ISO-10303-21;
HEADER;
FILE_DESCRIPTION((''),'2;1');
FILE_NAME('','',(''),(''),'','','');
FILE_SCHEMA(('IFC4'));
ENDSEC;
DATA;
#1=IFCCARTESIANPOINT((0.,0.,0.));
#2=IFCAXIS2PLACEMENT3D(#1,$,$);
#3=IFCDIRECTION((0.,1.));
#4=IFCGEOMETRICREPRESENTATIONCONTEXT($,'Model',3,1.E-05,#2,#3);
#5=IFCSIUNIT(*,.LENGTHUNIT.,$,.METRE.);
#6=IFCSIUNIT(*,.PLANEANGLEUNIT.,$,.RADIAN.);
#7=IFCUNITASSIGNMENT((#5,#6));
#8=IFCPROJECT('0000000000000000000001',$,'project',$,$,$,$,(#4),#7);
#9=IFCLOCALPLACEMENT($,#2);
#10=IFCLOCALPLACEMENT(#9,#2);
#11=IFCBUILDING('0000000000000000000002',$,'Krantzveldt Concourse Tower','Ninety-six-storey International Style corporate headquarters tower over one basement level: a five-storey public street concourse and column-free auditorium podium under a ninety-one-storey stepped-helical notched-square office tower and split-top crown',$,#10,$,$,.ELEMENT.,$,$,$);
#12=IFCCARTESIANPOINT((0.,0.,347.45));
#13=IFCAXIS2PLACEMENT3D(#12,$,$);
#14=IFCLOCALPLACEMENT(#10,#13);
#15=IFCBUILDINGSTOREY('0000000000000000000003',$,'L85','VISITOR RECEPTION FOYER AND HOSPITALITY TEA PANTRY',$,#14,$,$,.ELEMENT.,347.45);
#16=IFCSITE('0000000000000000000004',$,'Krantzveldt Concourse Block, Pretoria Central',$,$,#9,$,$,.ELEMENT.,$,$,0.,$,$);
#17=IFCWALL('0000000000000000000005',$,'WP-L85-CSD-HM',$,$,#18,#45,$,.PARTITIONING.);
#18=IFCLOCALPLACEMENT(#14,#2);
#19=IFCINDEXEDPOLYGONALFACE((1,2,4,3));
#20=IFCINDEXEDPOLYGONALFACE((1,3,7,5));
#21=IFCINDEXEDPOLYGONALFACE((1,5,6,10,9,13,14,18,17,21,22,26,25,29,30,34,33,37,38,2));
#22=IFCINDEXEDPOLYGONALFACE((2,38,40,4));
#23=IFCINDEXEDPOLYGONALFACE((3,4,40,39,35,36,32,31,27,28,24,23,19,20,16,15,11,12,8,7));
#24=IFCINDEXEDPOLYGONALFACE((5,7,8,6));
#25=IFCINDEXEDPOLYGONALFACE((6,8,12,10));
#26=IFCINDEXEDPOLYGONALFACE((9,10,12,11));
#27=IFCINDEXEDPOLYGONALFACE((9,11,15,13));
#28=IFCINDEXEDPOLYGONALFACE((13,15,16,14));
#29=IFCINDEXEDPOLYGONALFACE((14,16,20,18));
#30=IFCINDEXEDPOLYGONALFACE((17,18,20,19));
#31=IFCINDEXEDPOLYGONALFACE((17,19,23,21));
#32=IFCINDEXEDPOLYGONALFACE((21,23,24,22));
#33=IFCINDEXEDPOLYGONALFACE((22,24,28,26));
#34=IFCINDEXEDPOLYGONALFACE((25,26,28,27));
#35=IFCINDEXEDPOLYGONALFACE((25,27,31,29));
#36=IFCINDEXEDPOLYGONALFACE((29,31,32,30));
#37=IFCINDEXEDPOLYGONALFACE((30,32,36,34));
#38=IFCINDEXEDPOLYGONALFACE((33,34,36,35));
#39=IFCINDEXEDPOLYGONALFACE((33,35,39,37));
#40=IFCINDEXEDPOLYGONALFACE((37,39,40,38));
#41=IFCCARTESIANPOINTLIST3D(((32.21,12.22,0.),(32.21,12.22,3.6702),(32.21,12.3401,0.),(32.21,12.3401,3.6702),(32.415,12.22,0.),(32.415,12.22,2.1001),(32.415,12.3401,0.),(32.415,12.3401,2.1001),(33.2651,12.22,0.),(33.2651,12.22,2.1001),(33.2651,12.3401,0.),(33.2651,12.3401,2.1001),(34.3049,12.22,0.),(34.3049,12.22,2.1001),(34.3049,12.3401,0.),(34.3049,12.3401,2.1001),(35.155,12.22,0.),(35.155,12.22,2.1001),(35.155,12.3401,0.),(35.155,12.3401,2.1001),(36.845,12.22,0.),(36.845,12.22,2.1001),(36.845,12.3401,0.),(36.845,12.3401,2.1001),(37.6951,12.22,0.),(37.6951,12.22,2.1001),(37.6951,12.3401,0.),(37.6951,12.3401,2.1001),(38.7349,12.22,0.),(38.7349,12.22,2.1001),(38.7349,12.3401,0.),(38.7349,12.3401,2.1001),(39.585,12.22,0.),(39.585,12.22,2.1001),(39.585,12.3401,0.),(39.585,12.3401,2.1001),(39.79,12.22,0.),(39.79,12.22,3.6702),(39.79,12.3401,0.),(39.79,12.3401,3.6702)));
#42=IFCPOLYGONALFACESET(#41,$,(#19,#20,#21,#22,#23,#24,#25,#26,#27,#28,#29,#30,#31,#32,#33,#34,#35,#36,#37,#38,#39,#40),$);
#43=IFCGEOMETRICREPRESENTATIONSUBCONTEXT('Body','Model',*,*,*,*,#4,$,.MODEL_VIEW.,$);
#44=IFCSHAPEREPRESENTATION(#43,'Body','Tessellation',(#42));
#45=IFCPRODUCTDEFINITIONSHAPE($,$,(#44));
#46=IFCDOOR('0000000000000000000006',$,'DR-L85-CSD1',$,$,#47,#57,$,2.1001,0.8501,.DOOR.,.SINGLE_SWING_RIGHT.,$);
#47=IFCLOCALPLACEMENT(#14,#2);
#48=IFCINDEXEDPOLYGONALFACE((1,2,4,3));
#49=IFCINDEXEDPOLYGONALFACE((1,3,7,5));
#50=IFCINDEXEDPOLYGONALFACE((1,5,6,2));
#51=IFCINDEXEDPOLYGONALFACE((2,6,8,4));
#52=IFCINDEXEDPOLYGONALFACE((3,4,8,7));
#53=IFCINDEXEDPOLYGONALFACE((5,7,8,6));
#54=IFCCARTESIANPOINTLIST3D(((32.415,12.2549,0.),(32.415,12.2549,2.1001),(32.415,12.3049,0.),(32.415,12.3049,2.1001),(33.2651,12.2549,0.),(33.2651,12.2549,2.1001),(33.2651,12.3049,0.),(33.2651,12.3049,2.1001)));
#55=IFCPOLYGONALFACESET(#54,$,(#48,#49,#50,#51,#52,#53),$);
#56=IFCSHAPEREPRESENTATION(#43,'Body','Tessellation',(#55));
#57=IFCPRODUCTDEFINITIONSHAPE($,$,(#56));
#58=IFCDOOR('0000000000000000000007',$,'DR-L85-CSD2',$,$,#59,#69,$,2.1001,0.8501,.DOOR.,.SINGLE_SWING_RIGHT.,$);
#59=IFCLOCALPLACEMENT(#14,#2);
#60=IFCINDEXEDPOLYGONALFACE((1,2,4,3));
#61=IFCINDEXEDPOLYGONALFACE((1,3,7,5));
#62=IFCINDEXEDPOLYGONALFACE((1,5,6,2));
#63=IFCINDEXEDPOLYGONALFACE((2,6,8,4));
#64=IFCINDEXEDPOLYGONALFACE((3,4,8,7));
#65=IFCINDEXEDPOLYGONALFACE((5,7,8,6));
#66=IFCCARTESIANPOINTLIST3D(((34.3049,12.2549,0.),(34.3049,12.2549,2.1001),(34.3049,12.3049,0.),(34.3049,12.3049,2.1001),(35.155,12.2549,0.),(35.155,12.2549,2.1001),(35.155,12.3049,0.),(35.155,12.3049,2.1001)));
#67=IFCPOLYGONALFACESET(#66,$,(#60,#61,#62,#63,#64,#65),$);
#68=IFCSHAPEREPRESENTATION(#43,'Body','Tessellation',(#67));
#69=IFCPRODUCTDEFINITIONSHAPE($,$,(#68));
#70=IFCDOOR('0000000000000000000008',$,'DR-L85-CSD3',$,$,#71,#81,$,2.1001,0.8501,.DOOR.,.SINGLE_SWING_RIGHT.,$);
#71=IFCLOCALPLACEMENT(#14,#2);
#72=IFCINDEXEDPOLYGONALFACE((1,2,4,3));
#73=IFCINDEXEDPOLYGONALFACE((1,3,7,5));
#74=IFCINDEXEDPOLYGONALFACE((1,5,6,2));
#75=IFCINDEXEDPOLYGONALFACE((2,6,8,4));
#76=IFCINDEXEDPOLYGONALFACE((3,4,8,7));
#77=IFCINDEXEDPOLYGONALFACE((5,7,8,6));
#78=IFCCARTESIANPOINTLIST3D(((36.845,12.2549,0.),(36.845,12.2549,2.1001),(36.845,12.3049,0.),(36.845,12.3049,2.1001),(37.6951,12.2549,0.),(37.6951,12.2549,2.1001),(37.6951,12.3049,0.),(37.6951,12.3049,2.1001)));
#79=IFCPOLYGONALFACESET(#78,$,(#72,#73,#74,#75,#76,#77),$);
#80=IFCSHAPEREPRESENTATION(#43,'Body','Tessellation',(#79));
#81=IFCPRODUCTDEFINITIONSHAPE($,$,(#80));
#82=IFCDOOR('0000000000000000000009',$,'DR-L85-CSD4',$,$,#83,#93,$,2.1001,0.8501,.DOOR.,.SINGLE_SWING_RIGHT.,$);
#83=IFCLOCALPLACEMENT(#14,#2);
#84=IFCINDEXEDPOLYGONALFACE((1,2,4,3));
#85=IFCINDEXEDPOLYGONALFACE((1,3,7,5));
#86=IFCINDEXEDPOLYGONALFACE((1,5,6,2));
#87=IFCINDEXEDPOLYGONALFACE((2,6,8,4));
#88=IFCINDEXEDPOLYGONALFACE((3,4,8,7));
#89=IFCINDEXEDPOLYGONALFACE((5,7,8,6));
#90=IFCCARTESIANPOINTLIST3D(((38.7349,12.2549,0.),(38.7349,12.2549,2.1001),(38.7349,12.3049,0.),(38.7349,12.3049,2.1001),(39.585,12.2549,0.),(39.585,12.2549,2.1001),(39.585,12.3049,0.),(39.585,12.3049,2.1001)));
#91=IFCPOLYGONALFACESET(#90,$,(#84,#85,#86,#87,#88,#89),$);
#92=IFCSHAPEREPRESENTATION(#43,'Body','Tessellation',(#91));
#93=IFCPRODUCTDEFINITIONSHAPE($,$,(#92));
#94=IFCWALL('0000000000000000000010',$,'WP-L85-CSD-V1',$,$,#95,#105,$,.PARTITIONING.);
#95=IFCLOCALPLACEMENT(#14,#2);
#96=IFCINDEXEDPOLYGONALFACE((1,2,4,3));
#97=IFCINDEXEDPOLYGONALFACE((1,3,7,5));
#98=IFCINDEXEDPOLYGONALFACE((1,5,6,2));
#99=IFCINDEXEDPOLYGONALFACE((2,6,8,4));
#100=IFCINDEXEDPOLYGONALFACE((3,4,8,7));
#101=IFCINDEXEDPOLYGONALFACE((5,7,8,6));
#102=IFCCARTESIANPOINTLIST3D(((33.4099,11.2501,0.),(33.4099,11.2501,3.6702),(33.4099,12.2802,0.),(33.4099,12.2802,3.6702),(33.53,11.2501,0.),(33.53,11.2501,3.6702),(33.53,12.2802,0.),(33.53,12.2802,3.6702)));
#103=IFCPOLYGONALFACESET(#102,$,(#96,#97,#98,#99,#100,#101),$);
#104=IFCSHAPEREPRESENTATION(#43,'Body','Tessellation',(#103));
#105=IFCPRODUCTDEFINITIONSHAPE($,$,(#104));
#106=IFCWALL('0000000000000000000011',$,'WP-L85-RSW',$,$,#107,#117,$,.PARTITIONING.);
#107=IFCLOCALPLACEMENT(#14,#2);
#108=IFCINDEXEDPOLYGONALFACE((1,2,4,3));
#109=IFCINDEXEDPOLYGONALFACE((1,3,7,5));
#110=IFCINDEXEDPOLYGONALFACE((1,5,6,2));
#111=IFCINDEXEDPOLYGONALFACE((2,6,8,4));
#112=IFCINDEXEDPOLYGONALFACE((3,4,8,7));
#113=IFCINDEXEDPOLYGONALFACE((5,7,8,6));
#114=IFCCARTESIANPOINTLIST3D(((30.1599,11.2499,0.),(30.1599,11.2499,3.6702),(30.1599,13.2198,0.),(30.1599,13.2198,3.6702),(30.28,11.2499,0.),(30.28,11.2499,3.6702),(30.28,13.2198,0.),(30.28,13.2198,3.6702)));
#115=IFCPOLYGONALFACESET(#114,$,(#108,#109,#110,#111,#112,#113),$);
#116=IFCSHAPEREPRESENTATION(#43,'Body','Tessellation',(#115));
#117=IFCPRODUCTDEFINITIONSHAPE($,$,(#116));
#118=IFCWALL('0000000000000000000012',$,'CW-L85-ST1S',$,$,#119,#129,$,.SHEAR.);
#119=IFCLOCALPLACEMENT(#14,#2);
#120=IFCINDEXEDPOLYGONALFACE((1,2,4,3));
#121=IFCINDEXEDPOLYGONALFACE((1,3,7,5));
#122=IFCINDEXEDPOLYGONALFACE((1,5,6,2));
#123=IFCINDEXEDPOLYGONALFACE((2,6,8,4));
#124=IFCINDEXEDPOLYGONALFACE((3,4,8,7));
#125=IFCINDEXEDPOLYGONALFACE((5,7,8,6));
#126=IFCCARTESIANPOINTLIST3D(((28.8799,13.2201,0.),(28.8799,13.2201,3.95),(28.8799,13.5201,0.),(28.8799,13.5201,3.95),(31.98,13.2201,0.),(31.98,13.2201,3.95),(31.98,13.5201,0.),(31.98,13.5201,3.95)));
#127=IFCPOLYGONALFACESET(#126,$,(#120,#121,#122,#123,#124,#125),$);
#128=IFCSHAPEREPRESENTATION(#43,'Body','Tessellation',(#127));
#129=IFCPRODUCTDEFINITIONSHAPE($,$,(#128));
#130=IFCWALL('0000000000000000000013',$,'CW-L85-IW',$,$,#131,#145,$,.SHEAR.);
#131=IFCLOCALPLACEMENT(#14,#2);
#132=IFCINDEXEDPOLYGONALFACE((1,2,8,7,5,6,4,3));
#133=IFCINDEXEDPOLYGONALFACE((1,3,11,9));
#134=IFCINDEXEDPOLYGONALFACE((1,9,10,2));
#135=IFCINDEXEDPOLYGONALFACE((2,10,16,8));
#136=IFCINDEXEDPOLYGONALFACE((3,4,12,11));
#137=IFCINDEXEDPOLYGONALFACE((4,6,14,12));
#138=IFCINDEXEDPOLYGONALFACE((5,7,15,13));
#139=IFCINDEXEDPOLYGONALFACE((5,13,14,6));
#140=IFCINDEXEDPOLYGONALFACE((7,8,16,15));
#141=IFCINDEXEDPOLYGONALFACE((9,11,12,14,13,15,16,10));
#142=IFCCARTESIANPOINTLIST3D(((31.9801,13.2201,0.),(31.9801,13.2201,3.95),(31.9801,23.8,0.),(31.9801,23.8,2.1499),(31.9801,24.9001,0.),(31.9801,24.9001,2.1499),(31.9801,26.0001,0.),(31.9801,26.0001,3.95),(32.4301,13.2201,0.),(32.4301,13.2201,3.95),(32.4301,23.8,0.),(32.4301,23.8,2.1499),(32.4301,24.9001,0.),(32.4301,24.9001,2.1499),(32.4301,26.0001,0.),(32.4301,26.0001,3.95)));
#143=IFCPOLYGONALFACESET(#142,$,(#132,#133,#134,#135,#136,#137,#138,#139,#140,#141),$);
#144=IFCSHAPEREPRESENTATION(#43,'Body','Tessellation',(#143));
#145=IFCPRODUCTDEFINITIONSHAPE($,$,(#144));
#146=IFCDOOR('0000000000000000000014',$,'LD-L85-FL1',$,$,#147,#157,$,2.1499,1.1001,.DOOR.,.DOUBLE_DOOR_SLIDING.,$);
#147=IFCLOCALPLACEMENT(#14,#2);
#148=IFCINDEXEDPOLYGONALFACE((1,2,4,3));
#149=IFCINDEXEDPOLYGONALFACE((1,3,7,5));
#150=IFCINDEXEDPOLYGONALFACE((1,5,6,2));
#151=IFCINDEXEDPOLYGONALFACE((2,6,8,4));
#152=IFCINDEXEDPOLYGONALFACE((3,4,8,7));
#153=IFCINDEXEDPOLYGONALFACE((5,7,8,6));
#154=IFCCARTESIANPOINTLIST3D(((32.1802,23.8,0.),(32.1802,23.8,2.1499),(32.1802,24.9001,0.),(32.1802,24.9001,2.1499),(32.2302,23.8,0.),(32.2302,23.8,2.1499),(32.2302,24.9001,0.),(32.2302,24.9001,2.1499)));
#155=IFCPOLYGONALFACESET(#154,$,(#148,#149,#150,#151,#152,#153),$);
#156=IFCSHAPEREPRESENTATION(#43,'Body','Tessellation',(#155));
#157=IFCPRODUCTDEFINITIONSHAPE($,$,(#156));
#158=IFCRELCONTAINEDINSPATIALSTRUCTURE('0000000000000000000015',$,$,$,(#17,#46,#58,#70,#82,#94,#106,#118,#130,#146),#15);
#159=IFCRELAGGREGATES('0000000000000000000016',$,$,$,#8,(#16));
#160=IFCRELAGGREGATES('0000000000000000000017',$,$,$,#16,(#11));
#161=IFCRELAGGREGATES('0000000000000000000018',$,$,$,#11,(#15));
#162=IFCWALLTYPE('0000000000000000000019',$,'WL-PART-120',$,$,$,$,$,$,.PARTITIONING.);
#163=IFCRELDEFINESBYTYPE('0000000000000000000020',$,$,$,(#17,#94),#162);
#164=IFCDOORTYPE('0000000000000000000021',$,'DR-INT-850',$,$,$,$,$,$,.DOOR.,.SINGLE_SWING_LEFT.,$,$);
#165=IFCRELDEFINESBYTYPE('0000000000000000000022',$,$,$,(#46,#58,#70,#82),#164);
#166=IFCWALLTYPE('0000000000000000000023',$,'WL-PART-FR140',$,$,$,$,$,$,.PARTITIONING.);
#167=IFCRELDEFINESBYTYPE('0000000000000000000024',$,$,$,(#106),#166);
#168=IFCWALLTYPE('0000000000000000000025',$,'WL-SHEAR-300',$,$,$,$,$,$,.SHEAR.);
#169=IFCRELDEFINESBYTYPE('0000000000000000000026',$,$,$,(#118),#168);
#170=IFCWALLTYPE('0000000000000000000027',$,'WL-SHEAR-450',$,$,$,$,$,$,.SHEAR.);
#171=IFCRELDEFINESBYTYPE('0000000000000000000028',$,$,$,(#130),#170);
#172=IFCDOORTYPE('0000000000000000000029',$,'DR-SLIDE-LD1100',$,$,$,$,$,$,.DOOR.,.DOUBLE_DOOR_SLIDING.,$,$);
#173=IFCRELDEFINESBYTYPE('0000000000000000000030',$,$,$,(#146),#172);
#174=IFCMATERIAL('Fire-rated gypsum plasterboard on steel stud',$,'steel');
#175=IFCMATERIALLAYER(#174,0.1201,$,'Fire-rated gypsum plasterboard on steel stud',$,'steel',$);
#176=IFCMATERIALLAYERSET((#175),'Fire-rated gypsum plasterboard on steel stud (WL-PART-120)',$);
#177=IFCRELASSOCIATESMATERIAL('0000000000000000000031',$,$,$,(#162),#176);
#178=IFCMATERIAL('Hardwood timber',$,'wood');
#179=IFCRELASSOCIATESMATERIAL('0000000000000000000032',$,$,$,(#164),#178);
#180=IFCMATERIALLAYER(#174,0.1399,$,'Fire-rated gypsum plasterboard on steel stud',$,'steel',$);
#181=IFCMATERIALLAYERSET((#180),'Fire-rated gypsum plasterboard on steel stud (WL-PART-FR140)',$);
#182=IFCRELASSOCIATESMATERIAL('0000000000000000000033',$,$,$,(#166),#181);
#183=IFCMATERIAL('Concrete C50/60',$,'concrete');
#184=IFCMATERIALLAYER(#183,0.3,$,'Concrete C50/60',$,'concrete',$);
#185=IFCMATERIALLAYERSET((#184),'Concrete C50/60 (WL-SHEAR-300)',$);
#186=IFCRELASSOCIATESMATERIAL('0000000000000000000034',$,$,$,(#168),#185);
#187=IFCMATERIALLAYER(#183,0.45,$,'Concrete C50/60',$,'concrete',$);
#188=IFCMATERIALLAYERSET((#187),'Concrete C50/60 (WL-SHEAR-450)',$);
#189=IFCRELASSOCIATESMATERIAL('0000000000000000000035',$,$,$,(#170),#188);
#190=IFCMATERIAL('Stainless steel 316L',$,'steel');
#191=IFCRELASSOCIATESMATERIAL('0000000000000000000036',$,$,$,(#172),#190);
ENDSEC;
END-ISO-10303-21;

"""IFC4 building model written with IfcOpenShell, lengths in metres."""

from ifc_helpers import new_model, si_unit, direction, frame, frame_2d, origin, place, context, subcontext, project, spatial, rectangle, extrude, material, layer, layer_set, type_object, element, fill, save


model = new_model("IFC4")

# Units and contexts
model_context = context("Model", 3, precision=1e-05, world=origin(), true_north=direction((0.0, 1.0)))
body_context = subcontext(model_context, "Body", "Model", "MODEL_VIEW")
ifc_project = project(units=[si_unit("LENGTHUNIT", "METRE"), si_unit("PLANEANGLEUNIT", "RADIAN")], contexts=[model_context])

# Site, building, storey
site_placement = place(None, origin())
site = spatial("IfcSite", under=ifc_project, at=site_placement, Name="Krantzveldt Concourse Block, Pretoria Central", CompositionType="ELEMENT", RefElevation=0.0)
building_placement = place(site_placement, origin())
building = spatial("IfcBuilding", under=site, at=building_placement, Name="Krantzveldt Concourse Tower", Description="Ninety-six-storey International Style corporate headquarters tower over one basement level: a five-storey public street concourse and column-free auditorium podium under a ninety-one-storey stepped-helical notched-square office tower and split-top crown", CompositionType="ELEMENT")
storey_placement = place(building_placement, frame((0.0, 0.0, 347.45)))
storey = spatial("IfcBuildingStorey", under=building, at=storey_placement, Name="L85", Description="VISITOR RECEPTION FOYER AND HOSPITALITY TEA PANTRY", CompositionType="ELEMENT", Elevation=347.45)

# Shared definitions
ifc_material_1 = material(Name="Fire-rated gypsum plasterboard on steel stud", Category="steel")
ifc_layer_1 = layer(ifc_material_1, 0.1201, Name="Fire-rated gypsum plasterboard on steel stud", Category="steel")
ifc_layer_set_1 = layer_set([ifc_layer_1], Name="Fire-rated gypsum plasterboard on steel stud (WL-PART-120)")
wall_type_1 = type_object("IfcWallType", Name="WL-PART-120", PredefinedType="PARTITIONING", material=ifc_layer_set_1)
ifc_material_2 = material(Name="Hardwood timber", Category="wood")
door_type_1 = type_object("IfcDoorType", Name="DR-INT-850", OperationType="SINGLE_SWING_LEFT", PredefinedType="DOOR", material=ifc_material_2)

# Wall, openings, doors
wall_1_placement = place(storey_placement, frame((32.21, 12.28, 0.0), z_axis=(0.0, 0.0, 1.0), x_axis=(1.0, 0.0, 0.0)))
wall_1 = element("IfcWall", 1, at=wall_1_placement, inside=storey, type_object=wall_type_1, Name="WP-L85-CSD-HM", PredefinedType="PARTITIONING", context=body_context, shape_type="SweptSolid", body=[
    extrude(rectangle(XDim=7.5801, YDim=0.1201, at=frame_2d((3.79, 0.0))), origin(), (0.0, 0.0, 1.0), 3.6702),
])
opening_1_placement = place(wall_1_placement, frame((0.2051, 0.0, 0.0)))
opening_1 = element("IfcOpeningElement", 2, at=opening_1_placement, cuts=wall_1, PredefinedType="OPENING", context=body_context, shape_type="SweptSolid", body=[
    extrude(rectangle(XDim=0.8501, YDim=2.1001, at=frame_2d((0.425, 1.05))), frame((0.0, 0.0701, 0.0), z_axis=(0.0, -1.0, 0.0), x_axis=(1.0, 0.0, 0.0)), (0.0, 0.0, 1.0), 0.1401),
])
opening_2_placement = place(wall_1_placement, frame((2.095, 0.0, 0.0)))
opening_2 = element("IfcOpeningElement", 3, at=opening_2_placement, cuts=wall_1, PredefinedType="OPENING", context=body_context, shape_type="SweptSolid", body=[
    extrude(rectangle(XDim=0.8501, YDim=2.1001, at=frame_2d((0.425, 1.05))), frame((0.0, 0.0701, 0.0), z_axis=(0.0, -1.0, 0.0), x_axis=(1.0, 0.0, 0.0)), (0.0, 0.0, 1.0), 0.1401),
])
opening_3_placement = place(wall_1_placement, frame((4.635, 0.0, 0.0)))
opening_3 = element("IfcOpeningElement", 4, at=opening_3_placement, cuts=wall_1, PredefinedType="OPENING", context=body_context, shape_type="SweptSolid", body=[
    extrude(rectangle(XDim=0.8501, YDim=2.1001, at=frame_2d((0.425, 1.05))), frame((0.0, 0.0701, 0.0), z_axis=(0.0, -1.0, 0.0), x_axis=(1.0, 0.0, 0.0)), (0.0, 0.0, 1.0), 0.1401),
])
opening_4_placement = place(wall_1_placement, frame((6.5249, 0.0, 0.0)))
opening_4 = element("IfcOpeningElement", 5, at=opening_4_placement, cuts=wall_1, PredefinedType="OPENING", context=body_context, shape_type="SweptSolid", body=[
    extrude(rectangle(XDim=0.8501, YDim=2.1001, at=frame_2d((0.425, 1.05))), frame((0.0, 0.0701, 0.0), z_axis=(0.0, -1.0, 0.0), x_axis=(1.0, 0.0, 0.0)), (0.0, 0.0, 1.0), 0.1401),
])
door_1_placement = place(opening_1_placement, origin())
door_1 = element("IfcDoor", 6, at=door_1_placement, inside=storey, type_object=door_type_1, Name="DR-L85-CSD1", OperationType="SINGLE_SWING_RIGHT", OverallHeight=2.1001, OverallWidth=0.8501, PredefinedType="DOOR", context=body_context, shape_type="SweptSolid", body=[
    extrude(rectangle(XDim=0.8501, YDim=2.1001, at=frame_2d((0.425, 1.05))), frame((0.0, 0.0249, 0.0), z_axis=(0.0, -1.0, 0.0), x_axis=(1.0, 0.0, 0.0)), (0.0, 0.0, 1.0), 0.05),
])
fill(opening_1, door_1)
door_2_placement = place(opening_2_placement, origin())
door_2 = element("IfcDoor", 7, at=door_2_placement, inside=storey, type_object=door_type_1, Name="DR-L85-CSD2", OperationType="SINGLE_SWING_RIGHT", OverallHeight=2.1001, OverallWidth=0.8501, PredefinedType="DOOR", context=body_context, shape_type="SweptSolid", body=[
    extrude(rectangle(XDim=0.8501, YDim=2.1001, at=frame_2d((0.425, 1.05))), frame((0.0, 0.0249, 0.0), z_axis=(0.0, -1.0, 0.0), x_axis=(1.0, 0.0, 0.0)), (0.0, 0.0, 1.0), 0.05),
])
fill(opening_2, door_2)
door_3_placement = place(opening_3_placement, origin())
door_3 = element("IfcDoor", 8, at=door_3_placement, inside=storey, type_object=door_type_1, Name="DR-L85-CSD3", OperationType="SINGLE_SWING_RIGHT", OverallHeight=2.1001, OverallWidth=0.8501, PredefinedType="DOOR", context=body_context, shape_type="SweptSolid", body=[
    extrude(rectangle(XDim=0.8501, YDim=2.1001, at=frame_2d((0.425, 1.05))), frame((0.0, 0.0249, 0.0), z_axis=(0.0, -1.0, 0.0), x_axis=(1.0, 0.0, 0.0)), (0.0, 0.0, 1.0), 0.05),
])
fill(opening_3, door_3)
door_4_placement = place(opening_4_placement, origin())
door_4 = element("IfcDoor", 9, at=door_4_placement, inside=storey, type_object=door_type_1, Name="DR-L85-CSD4", OperationType="SINGLE_SWING_RIGHT", OverallHeight=2.1001, OverallWidth=0.8501, PredefinedType="DOOR", context=body_context, shape_type="SweptSolid", body=[
    extrude(rectangle(XDim=0.8501, YDim=2.1001, at=frame_2d((0.425, 1.05))), frame((0.0, 0.0249, 0.0), z_axis=(0.0, -1.0, 0.0), x_axis=(1.0, 0.0, 0.0)), (0.0, 0.0, 1.0), 0.05),
])
fill(opening_4, door_4)

# Walls
wall_2_placement = place(storey_placement, frame((33.47, 11.25, 0.0), z_axis=(0.0, 0.0, 1.0), x_axis=(0.0, 1.0, 0.0)))
element("IfcWall", 10, at=wall_2_placement, inside=storey, type_object=wall_type_1, Name="WP-L85-CSD-V1", PredefinedType="PARTITIONING", context=body_context, shape_type="SweptSolid", body=[
    extrude(rectangle(XDim=1.03, YDim=0.1201, at=frame_2d((0.5151, 0.0))), origin(), (0.0, 0.0, 1.0), 3.6702),
])
ifc_layer_2 = layer(ifc_material_1, 0.1399, Name="Fire-rated gypsum plasterboard on steel stud", Category="steel")
ifc_layer_set_2 = layer_set([ifc_layer_2], Name="Fire-rated gypsum plasterboard on steel stud (WL-PART-FR140)")
wall_type_2 = type_object("IfcWallType", Name="WL-PART-FR140", PredefinedType="PARTITIONING", material=ifc_layer_set_2)
wall_3_placement = place(storey_placement, frame((30.22, 11.25, 0.0), z_axis=(0.0, 0.0, 1.0), x_axis=(0.0, 1.0, 0.0)))
element("IfcWall", 11, at=wall_3_placement, inside=storey, type_object=wall_type_2, Name="WP-L85-RSW", PredefinedType="PARTITIONING", context=body_context, shape_type="SweptSolid", body=[
    extrude(rectangle(XDim=1.97, YDim=0.1201, at=frame_2d((0.9849, 0.0))), origin(), (0.0, 0.0, 1.0), 3.6702),
])
ifc_material_3 = material(Name="Concrete C50/60", Category="concrete")
ifc_layer_3 = layer(ifc_material_3, 0.3, Name="Concrete C50/60", Category="concrete")
ifc_layer_set_3 = layer_set([ifc_layer_3], Name="Concrete C50/60 (WL-SHEAR-300)")
wall_type_3 = type_object("IfcWallType", Name="WL-SHEAR-300", PredefinedType="SHEAR", material=ifc_layer_set_3)
wall_4_placement = place(storey_placement, frame((28.8799, 13.3701, 0.0), z_axis=(0.0, 0.0, 1.0), x_axis=(1.0, 0.0, 0.0)))
element("IfcWall", 12, at=wall_4_placement, inside=storey, type_object=wall_type_3, Name="CW-L85-ST1S", PredefinedType="SHEAR", context=body_context, shape_type="SweptSolid", body=[
    extrude(rectangle(XDim=3.1001, YDim=0.3, at=frame_2d((1.55, 0.0))), origin(), (0.0, 0.0, 1.0), 3.95),
])

# Wall, opening, door
ifc_layer_4 = layer(ifc_material_3, 0.45, Name="Concrete C50/60", Category="concrete")
ifc_layer_set_4 = layer_set([ifc_layer_4], Name="Concrete C50/60 (WL-SHEAR-450)")
wall_type_4 = type_object("IfcWallType", Name="WL-SHEAR-450", PredefinedType="SHEAR", material=ifc_layer_set_4)
wall_5_placement = place(storey_placement, frame((32.2051, 13.22, 0.0), z_axis=(0.0, 0.0, 1.0), x_axis=(0.0, 1.0, 0.0)))
wall_5 = element("IfcWall", 13, at=wall_5_placement, inside=storey, type_object=wall_type_4, Name="CW-L85-IW", PredefinedType="SHEAR", context=body_context, shape_type="SweptSolid", body=[
    extrude(rectangle(XDim=12.78, YDim=0.45, at=frame_2d((6.3901, 0.0))), origin(), (0.0, 0.0, 1.0), 3.95),
])
opening_5_placement = place(wall_5_placement, frame((10.5801, 0.0, 0.0)))
opening_5 = element("IfcOpeningElement", 14, at=opening_5_placement, cuts=wall_5, PredefinedType="OPENING", context=body_context, shape_type="SweptSolid", body=[
    extrude(rectangle(XDim=1.1001, YDim=2.1499, at=frame_2d((0.55, 1.075))), frame((0.0, 0.2349, 0.0), z_axis=(0.0, -1.0, 0.0), x_axis=(1.0, 0.0, 0.0)), (0.0, 0.0, 1.0), 0.47),
])
ifc_material_4 = material(Name="Stainless steel 316L", Category="steel")
door_type_2 = type_object("IfcDoorType", Name="DR-SLIDE-LD1100", OperationType="DOUBLE_DOOR_SLIDING", PredefinedType="DOOR", material=ifc_material_4)
door_5_placement = place(opening_5_placement, origin())
door_5 = element("IfcDoor", 15, at=door_5_placement, inside=storey, type_object=door_type_2, Name="LD-L85-FL1", OperationType="DOUBLE_DOOR_SLIDING", OverallHeight=2.1499, OverallWidth=1.1001, PredefinedType="DOOR", context=body_context, shape_type="SweptSolid", body=[
    extrude(rectangle(XDim=1.1001, YDim=2.1499, at=frame_2d((0.55, 1.075))), frame((0.0, 0.0249, 0.0), z_axis=(0.0, -1.0, 0.0), x_axis=(1.0, 0.0, 0.0)), (0.0, 0.0, 1.0), 0.05),
])
fill(opening_5, door_5)

save(model, "model.ifc")
